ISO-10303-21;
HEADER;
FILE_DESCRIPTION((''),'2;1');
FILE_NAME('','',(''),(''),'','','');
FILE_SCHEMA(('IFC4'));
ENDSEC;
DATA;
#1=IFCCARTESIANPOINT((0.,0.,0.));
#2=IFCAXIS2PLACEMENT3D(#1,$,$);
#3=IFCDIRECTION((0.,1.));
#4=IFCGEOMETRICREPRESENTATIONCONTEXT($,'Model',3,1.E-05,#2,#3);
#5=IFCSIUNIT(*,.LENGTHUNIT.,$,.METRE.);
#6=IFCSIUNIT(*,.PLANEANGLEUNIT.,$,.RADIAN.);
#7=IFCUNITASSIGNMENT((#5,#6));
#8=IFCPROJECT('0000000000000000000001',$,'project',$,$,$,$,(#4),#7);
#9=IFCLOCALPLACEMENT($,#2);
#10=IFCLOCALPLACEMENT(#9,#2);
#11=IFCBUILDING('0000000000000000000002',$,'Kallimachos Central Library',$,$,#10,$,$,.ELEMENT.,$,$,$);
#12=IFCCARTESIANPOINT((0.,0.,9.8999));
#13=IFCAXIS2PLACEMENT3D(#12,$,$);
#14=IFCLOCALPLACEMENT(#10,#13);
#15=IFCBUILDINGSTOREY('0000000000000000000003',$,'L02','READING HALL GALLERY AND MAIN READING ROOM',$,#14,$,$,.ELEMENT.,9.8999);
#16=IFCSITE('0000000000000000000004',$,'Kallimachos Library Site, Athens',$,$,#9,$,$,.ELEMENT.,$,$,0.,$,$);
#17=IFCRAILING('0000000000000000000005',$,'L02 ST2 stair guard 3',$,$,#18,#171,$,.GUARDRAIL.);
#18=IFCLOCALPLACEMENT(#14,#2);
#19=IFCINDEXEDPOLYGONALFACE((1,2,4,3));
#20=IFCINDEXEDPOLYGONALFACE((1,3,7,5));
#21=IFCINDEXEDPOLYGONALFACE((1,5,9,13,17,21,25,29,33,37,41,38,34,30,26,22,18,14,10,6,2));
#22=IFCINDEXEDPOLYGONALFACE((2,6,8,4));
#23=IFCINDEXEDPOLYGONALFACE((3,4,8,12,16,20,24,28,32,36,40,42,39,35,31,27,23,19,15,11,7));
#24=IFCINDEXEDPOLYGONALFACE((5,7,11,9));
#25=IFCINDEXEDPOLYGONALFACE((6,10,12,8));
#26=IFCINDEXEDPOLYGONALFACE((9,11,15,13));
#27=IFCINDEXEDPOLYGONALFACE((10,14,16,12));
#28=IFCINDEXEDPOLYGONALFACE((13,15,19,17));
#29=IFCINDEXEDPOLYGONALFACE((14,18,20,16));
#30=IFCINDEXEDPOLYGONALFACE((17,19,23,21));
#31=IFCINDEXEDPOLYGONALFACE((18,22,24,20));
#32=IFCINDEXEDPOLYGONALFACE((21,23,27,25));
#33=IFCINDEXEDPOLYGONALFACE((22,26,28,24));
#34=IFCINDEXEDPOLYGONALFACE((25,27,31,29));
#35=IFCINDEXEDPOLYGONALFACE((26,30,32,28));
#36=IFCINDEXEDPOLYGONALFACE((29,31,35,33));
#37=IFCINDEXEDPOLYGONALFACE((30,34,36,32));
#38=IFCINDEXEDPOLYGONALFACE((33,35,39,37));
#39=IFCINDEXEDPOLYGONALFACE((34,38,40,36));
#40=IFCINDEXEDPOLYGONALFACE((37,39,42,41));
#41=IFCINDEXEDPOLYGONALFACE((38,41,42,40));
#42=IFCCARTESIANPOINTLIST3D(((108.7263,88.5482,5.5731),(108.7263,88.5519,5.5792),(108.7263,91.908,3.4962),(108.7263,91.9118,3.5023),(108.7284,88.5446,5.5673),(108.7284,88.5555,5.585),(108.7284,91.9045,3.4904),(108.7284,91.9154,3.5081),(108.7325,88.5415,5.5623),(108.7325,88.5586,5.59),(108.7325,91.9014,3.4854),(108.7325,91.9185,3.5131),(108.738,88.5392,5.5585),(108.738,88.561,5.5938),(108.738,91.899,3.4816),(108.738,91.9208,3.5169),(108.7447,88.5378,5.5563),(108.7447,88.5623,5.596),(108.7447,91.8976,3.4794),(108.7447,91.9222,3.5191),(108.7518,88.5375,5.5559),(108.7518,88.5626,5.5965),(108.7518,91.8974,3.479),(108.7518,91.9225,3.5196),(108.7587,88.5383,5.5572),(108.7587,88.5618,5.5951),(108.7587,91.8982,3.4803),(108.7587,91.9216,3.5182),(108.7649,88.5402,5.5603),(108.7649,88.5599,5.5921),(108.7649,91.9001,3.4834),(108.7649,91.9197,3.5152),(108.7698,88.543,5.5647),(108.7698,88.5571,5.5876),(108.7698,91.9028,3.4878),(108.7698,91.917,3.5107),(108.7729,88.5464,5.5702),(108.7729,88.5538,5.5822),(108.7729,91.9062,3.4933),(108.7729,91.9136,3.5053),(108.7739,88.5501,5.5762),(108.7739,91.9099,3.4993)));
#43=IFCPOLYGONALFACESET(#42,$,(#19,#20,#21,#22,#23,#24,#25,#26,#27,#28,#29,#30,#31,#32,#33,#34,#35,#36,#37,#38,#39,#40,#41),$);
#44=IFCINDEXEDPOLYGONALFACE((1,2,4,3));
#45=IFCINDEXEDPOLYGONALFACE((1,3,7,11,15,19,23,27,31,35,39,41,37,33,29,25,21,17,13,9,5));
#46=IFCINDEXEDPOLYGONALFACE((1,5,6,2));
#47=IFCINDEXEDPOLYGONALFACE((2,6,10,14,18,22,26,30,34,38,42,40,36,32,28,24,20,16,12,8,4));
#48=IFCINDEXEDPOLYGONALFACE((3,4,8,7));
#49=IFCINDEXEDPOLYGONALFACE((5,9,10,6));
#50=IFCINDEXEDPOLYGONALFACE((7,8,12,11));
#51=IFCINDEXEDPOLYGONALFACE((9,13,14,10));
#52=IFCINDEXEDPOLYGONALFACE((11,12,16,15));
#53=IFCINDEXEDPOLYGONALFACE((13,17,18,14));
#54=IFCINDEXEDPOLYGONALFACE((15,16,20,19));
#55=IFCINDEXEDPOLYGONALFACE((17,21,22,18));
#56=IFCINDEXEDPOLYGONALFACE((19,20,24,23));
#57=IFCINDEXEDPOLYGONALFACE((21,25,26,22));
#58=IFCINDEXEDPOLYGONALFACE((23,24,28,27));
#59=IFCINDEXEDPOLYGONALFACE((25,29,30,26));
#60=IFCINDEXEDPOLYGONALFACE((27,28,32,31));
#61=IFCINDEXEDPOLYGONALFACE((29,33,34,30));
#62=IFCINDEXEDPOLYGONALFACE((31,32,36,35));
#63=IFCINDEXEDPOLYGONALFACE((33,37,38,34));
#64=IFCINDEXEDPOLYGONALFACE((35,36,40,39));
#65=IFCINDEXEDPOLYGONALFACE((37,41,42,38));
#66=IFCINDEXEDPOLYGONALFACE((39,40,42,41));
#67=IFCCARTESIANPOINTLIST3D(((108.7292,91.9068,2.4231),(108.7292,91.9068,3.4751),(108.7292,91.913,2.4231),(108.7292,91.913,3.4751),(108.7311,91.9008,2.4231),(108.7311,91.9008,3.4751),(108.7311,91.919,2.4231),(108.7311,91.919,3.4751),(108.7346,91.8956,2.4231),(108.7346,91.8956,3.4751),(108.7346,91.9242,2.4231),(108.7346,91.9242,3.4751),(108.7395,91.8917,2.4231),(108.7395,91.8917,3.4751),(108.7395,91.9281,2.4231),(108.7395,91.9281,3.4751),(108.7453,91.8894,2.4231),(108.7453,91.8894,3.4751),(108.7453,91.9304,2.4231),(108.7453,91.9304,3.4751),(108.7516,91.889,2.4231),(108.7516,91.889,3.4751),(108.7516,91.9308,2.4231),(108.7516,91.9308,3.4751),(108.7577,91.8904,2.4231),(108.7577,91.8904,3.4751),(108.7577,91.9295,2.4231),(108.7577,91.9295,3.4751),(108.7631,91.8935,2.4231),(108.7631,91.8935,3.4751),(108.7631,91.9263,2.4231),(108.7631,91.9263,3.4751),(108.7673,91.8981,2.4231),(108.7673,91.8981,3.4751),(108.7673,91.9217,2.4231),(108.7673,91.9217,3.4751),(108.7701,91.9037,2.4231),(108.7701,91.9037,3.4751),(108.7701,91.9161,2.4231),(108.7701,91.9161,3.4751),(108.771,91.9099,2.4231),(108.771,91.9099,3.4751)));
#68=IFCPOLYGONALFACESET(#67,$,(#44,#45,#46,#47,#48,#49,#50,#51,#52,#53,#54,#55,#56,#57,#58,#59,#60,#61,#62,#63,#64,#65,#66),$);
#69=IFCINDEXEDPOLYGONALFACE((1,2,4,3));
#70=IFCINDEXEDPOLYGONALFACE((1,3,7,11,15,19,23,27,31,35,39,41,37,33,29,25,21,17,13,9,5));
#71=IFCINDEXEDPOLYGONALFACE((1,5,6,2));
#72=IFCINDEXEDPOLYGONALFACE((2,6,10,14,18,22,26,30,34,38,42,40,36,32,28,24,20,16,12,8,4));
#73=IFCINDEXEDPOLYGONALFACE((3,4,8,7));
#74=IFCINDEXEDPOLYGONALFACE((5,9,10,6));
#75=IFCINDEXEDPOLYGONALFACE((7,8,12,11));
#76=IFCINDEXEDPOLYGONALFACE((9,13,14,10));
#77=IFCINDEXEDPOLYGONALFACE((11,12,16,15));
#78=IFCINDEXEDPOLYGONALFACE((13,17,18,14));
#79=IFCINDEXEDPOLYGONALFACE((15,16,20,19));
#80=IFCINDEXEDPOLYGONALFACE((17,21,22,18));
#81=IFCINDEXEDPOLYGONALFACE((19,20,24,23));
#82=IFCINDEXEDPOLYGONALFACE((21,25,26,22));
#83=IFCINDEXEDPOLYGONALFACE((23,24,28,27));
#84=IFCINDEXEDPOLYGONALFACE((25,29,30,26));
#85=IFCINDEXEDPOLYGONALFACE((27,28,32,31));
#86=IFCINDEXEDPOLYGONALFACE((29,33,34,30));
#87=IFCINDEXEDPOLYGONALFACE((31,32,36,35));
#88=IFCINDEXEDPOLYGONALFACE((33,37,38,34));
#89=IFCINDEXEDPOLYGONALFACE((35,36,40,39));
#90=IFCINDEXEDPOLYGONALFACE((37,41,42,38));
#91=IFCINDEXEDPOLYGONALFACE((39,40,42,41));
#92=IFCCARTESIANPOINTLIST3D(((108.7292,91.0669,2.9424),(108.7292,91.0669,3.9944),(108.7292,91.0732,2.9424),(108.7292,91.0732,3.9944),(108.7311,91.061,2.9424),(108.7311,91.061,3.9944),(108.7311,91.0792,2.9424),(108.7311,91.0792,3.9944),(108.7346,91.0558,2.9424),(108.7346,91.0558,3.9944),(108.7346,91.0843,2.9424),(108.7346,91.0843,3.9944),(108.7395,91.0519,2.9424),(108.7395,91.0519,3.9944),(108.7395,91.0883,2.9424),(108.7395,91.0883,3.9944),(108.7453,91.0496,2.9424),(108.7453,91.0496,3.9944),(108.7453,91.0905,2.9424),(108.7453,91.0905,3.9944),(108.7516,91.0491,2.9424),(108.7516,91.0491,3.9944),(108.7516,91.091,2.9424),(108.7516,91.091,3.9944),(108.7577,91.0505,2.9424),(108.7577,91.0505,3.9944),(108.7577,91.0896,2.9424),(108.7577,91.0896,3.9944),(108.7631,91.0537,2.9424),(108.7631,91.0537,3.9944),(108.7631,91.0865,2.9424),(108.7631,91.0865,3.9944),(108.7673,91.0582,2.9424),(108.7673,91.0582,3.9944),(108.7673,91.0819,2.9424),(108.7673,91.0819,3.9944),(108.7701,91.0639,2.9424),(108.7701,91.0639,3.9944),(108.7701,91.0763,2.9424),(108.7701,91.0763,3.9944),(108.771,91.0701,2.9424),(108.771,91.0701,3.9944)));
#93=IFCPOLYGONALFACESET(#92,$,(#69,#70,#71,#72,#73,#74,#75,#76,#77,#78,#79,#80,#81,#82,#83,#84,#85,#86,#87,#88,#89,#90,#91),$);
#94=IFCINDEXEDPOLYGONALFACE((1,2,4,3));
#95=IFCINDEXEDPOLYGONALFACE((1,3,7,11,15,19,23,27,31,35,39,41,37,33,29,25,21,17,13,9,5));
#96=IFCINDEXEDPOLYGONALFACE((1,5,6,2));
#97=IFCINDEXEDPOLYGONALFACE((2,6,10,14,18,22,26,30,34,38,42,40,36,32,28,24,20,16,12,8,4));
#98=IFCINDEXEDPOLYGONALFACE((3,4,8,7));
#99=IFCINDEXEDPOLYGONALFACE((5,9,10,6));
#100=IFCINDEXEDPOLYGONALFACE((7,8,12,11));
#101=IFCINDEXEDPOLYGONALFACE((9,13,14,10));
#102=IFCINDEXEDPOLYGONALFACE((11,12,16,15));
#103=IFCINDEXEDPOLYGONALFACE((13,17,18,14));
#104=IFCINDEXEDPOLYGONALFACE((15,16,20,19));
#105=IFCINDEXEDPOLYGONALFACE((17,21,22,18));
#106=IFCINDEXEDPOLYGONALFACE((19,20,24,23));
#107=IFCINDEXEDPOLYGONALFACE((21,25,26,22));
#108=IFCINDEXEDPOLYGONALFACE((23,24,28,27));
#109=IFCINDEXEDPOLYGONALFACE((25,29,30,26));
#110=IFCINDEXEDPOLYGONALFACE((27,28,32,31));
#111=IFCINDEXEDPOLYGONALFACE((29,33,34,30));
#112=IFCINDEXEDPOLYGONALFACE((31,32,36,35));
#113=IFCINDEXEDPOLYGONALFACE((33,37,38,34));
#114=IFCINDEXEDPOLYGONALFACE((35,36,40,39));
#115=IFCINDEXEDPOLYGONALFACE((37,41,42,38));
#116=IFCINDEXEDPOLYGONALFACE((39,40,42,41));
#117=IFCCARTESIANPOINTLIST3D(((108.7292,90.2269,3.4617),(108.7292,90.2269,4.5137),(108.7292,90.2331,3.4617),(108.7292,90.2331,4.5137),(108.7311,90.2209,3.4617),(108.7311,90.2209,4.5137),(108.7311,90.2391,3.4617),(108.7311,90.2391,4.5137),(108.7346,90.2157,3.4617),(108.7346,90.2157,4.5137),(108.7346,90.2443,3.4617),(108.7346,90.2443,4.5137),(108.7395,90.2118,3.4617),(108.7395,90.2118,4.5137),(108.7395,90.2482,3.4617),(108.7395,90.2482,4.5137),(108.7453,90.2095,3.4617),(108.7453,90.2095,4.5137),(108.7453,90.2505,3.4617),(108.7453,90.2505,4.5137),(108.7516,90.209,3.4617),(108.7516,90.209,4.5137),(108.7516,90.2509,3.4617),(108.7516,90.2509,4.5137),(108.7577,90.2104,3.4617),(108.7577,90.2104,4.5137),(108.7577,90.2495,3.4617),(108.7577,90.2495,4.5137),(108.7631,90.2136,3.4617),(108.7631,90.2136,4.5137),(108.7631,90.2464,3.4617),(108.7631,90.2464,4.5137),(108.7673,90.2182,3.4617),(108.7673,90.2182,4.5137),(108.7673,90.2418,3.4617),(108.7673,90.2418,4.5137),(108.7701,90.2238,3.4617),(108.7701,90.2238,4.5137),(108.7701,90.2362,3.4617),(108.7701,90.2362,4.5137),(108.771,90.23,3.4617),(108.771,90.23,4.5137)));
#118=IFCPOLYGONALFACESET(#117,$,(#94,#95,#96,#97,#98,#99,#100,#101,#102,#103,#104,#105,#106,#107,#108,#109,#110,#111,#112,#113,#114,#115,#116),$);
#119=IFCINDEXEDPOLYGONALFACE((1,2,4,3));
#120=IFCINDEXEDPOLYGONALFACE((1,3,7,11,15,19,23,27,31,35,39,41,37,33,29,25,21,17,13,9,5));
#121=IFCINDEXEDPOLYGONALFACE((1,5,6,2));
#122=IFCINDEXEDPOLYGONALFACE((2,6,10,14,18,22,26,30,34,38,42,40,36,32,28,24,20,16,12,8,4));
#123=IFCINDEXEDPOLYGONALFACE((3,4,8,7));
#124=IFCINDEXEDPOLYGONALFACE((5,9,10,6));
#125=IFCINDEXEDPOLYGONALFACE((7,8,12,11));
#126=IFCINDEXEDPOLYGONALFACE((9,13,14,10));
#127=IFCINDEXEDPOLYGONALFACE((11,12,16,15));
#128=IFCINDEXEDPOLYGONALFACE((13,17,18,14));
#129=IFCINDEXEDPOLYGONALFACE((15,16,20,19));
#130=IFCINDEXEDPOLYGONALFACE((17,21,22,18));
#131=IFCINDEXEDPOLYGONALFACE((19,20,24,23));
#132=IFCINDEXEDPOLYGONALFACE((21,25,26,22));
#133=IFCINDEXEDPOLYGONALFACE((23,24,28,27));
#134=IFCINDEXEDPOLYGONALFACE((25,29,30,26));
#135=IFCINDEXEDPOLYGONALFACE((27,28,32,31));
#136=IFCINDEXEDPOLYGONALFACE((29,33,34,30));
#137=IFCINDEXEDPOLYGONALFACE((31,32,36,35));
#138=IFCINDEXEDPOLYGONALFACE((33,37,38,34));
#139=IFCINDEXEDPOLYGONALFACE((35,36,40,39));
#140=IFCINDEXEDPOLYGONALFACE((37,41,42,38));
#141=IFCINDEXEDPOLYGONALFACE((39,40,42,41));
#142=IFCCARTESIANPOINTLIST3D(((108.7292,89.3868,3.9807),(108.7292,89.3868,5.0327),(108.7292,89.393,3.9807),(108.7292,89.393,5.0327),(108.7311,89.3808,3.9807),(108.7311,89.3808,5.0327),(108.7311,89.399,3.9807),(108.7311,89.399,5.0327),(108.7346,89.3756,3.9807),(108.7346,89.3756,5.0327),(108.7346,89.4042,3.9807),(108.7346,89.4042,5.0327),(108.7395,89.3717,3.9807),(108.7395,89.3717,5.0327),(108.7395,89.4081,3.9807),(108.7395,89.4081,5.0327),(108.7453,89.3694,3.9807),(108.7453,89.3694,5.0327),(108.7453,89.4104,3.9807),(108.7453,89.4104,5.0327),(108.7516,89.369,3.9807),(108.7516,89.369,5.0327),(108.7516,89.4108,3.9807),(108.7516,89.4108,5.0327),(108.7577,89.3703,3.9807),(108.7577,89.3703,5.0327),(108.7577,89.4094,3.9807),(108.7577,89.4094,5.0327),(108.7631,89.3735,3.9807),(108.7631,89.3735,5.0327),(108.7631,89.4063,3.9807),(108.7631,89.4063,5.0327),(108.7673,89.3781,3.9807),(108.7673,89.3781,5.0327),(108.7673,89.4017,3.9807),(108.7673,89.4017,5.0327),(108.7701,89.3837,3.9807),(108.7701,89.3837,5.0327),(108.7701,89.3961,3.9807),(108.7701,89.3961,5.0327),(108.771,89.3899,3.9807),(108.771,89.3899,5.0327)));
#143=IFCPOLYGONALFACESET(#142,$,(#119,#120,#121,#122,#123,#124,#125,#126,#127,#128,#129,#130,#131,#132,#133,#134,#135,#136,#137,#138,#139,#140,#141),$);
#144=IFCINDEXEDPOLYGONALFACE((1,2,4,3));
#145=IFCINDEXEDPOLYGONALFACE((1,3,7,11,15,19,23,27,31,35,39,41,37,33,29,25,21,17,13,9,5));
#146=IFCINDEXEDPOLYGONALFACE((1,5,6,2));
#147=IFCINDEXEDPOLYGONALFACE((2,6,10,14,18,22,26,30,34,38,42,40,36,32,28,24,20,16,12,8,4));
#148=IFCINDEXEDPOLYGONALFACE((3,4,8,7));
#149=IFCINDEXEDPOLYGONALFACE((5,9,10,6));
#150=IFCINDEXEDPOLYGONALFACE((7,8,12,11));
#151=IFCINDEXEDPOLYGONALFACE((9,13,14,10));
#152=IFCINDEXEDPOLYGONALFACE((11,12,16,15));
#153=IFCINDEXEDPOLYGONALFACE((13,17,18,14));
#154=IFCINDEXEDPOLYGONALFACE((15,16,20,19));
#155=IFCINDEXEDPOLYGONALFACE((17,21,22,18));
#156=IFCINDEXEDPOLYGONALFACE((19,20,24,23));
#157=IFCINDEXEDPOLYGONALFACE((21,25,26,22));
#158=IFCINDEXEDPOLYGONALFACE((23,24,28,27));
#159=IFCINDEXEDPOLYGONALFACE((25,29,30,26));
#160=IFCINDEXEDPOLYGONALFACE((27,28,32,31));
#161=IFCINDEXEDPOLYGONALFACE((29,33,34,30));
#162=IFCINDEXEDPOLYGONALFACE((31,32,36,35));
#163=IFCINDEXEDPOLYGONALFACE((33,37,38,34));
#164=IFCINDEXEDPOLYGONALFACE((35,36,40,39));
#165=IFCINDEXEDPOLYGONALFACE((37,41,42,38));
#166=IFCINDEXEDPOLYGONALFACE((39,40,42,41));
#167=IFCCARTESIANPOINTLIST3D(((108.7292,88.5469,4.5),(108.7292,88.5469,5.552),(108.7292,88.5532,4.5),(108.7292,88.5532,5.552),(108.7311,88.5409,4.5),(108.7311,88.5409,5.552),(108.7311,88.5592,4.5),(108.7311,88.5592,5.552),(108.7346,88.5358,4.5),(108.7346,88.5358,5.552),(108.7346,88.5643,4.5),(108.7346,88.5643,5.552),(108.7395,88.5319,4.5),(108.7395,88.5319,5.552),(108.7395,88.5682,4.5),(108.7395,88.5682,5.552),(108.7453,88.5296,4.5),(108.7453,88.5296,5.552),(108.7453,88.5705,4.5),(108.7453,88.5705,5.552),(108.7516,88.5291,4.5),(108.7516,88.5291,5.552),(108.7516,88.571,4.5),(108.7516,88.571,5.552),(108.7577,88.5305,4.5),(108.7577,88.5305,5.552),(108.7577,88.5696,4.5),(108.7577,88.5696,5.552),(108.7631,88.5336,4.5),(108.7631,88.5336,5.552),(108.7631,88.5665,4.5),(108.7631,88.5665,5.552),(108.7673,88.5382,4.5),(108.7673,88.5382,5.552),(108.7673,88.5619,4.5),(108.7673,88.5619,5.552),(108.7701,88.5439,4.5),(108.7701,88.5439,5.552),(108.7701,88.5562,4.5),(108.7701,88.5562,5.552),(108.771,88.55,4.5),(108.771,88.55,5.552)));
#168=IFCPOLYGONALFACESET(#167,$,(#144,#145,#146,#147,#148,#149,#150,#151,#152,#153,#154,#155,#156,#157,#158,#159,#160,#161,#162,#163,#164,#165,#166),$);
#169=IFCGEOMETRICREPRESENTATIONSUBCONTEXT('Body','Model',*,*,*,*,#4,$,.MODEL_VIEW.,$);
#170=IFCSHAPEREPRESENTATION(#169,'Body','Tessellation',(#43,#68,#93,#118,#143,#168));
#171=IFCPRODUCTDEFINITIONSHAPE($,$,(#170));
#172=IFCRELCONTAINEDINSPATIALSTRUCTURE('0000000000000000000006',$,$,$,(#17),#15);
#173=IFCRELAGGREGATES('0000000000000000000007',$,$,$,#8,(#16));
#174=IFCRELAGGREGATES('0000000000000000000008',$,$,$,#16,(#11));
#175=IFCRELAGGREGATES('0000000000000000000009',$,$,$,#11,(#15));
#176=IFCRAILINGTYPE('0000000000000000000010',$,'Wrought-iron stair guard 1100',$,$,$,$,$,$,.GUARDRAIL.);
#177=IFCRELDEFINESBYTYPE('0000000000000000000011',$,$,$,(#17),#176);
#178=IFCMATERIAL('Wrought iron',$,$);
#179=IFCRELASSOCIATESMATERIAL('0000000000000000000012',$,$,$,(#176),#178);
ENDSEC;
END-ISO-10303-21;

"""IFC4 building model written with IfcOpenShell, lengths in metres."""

from ifc_helpers import new_model, si_unit, direction, frame, origin, origin_2d, place, context, subcontext, project, spatial, circle, extrude, material, type_object, element, save


model = new_model("IFC4")

# Units and contexts
model_context = context("Model", 3, precision=1e-05, world=origin(), true_north=direction((0.0, 1.0)))
body_context = subcontext(model_context, "Body", "Model", "MODEL_VIEW")
ifc_project = project(units=[si_unit("LENGTHUNIT", "METRE"), si_unit("PLANEANGLEUNIT", "RADIAN")], contexts=[model_context])

# Site, building, storey
site_placement = place(None, origin())
site = spatial("IfcSite", under=ifc_project, at=site_placement, Name="Kallimachos Library Site, Athens", CompositionType="ELEMENT", RefElevation=0.0)
building_placement = place(site_placement, origin())
building = spatial("IfcBuilding", under=site, at=building_placement, Name="Kallimachos Central Library", CompositionType="ELEMENT")
storey_placement = place(building_placement, frame((0.0, 0.0, 9.8999)))
storey = spatial("IfcBuildingStorey", under=building, at=storey_placement, Name="L02", Description="READING HALL GALLERY AND MAIN READING ROOM", CompositionType="ELEMENT", Elevation=9.8999)

# Railing
ifc_material_1 = material(Name="Wrought iron")
railing_type_1 = type_object("IfcRailingType", Name="Wrought-iron stair guard 1100", PredefinedType="GUARDRAIL", material=ifc_material_1)
railing_1_placement = place(storey_placement, frame((108.75, 91.9099, 2.4231)))
element("IfcRailing", 1, at=railing_1_placement, inside=storey, type_object=railing_type_1, Name="L02 ST2 stair guard 3", PredefinedType="GUARDRAIL", context=body_context, shape_type="SweptSolid", body=[
    extrude(circle(Radius=0.0239, at=origin_2d()), frame((0.0, 0.0, 1.0762), z_axis=(0.0, -0.850606, 0.525803), x_axis=(1.0, 0.0, 0.0)), (0.0, 0.0, 1.0), 3.95),
    extrude(circle(Radius=0.021, at=origin_2d()), origin(), (0.0, 0.0, 1.0), 1.052),
    extrude(circle(Radius=0.021, at=origin_2d()), frame((0.0, -0.8398, 0.5193)), (0.0, 0.0, 1.0), 1.052),
    extrude(circle(Radius=0.021, at=origin_2d()), frame((0.0, -1.6799, 1.0386)), (0.0, 0.0, 1.0), 1.052),
    extrude(circle(Radius=0.021, at=origin_2d()), frame((0.0, -2.52, 1.5576)), (0.0, 0.0, 1.0), 1.052),
    extrude(circle(Radius=0.021, at=origin_2d()), frame((0.0, -3.3599, 2.0769)), (0.0, 0.0, 1.0), 1.052),
])

save(model, "model.ifc")
